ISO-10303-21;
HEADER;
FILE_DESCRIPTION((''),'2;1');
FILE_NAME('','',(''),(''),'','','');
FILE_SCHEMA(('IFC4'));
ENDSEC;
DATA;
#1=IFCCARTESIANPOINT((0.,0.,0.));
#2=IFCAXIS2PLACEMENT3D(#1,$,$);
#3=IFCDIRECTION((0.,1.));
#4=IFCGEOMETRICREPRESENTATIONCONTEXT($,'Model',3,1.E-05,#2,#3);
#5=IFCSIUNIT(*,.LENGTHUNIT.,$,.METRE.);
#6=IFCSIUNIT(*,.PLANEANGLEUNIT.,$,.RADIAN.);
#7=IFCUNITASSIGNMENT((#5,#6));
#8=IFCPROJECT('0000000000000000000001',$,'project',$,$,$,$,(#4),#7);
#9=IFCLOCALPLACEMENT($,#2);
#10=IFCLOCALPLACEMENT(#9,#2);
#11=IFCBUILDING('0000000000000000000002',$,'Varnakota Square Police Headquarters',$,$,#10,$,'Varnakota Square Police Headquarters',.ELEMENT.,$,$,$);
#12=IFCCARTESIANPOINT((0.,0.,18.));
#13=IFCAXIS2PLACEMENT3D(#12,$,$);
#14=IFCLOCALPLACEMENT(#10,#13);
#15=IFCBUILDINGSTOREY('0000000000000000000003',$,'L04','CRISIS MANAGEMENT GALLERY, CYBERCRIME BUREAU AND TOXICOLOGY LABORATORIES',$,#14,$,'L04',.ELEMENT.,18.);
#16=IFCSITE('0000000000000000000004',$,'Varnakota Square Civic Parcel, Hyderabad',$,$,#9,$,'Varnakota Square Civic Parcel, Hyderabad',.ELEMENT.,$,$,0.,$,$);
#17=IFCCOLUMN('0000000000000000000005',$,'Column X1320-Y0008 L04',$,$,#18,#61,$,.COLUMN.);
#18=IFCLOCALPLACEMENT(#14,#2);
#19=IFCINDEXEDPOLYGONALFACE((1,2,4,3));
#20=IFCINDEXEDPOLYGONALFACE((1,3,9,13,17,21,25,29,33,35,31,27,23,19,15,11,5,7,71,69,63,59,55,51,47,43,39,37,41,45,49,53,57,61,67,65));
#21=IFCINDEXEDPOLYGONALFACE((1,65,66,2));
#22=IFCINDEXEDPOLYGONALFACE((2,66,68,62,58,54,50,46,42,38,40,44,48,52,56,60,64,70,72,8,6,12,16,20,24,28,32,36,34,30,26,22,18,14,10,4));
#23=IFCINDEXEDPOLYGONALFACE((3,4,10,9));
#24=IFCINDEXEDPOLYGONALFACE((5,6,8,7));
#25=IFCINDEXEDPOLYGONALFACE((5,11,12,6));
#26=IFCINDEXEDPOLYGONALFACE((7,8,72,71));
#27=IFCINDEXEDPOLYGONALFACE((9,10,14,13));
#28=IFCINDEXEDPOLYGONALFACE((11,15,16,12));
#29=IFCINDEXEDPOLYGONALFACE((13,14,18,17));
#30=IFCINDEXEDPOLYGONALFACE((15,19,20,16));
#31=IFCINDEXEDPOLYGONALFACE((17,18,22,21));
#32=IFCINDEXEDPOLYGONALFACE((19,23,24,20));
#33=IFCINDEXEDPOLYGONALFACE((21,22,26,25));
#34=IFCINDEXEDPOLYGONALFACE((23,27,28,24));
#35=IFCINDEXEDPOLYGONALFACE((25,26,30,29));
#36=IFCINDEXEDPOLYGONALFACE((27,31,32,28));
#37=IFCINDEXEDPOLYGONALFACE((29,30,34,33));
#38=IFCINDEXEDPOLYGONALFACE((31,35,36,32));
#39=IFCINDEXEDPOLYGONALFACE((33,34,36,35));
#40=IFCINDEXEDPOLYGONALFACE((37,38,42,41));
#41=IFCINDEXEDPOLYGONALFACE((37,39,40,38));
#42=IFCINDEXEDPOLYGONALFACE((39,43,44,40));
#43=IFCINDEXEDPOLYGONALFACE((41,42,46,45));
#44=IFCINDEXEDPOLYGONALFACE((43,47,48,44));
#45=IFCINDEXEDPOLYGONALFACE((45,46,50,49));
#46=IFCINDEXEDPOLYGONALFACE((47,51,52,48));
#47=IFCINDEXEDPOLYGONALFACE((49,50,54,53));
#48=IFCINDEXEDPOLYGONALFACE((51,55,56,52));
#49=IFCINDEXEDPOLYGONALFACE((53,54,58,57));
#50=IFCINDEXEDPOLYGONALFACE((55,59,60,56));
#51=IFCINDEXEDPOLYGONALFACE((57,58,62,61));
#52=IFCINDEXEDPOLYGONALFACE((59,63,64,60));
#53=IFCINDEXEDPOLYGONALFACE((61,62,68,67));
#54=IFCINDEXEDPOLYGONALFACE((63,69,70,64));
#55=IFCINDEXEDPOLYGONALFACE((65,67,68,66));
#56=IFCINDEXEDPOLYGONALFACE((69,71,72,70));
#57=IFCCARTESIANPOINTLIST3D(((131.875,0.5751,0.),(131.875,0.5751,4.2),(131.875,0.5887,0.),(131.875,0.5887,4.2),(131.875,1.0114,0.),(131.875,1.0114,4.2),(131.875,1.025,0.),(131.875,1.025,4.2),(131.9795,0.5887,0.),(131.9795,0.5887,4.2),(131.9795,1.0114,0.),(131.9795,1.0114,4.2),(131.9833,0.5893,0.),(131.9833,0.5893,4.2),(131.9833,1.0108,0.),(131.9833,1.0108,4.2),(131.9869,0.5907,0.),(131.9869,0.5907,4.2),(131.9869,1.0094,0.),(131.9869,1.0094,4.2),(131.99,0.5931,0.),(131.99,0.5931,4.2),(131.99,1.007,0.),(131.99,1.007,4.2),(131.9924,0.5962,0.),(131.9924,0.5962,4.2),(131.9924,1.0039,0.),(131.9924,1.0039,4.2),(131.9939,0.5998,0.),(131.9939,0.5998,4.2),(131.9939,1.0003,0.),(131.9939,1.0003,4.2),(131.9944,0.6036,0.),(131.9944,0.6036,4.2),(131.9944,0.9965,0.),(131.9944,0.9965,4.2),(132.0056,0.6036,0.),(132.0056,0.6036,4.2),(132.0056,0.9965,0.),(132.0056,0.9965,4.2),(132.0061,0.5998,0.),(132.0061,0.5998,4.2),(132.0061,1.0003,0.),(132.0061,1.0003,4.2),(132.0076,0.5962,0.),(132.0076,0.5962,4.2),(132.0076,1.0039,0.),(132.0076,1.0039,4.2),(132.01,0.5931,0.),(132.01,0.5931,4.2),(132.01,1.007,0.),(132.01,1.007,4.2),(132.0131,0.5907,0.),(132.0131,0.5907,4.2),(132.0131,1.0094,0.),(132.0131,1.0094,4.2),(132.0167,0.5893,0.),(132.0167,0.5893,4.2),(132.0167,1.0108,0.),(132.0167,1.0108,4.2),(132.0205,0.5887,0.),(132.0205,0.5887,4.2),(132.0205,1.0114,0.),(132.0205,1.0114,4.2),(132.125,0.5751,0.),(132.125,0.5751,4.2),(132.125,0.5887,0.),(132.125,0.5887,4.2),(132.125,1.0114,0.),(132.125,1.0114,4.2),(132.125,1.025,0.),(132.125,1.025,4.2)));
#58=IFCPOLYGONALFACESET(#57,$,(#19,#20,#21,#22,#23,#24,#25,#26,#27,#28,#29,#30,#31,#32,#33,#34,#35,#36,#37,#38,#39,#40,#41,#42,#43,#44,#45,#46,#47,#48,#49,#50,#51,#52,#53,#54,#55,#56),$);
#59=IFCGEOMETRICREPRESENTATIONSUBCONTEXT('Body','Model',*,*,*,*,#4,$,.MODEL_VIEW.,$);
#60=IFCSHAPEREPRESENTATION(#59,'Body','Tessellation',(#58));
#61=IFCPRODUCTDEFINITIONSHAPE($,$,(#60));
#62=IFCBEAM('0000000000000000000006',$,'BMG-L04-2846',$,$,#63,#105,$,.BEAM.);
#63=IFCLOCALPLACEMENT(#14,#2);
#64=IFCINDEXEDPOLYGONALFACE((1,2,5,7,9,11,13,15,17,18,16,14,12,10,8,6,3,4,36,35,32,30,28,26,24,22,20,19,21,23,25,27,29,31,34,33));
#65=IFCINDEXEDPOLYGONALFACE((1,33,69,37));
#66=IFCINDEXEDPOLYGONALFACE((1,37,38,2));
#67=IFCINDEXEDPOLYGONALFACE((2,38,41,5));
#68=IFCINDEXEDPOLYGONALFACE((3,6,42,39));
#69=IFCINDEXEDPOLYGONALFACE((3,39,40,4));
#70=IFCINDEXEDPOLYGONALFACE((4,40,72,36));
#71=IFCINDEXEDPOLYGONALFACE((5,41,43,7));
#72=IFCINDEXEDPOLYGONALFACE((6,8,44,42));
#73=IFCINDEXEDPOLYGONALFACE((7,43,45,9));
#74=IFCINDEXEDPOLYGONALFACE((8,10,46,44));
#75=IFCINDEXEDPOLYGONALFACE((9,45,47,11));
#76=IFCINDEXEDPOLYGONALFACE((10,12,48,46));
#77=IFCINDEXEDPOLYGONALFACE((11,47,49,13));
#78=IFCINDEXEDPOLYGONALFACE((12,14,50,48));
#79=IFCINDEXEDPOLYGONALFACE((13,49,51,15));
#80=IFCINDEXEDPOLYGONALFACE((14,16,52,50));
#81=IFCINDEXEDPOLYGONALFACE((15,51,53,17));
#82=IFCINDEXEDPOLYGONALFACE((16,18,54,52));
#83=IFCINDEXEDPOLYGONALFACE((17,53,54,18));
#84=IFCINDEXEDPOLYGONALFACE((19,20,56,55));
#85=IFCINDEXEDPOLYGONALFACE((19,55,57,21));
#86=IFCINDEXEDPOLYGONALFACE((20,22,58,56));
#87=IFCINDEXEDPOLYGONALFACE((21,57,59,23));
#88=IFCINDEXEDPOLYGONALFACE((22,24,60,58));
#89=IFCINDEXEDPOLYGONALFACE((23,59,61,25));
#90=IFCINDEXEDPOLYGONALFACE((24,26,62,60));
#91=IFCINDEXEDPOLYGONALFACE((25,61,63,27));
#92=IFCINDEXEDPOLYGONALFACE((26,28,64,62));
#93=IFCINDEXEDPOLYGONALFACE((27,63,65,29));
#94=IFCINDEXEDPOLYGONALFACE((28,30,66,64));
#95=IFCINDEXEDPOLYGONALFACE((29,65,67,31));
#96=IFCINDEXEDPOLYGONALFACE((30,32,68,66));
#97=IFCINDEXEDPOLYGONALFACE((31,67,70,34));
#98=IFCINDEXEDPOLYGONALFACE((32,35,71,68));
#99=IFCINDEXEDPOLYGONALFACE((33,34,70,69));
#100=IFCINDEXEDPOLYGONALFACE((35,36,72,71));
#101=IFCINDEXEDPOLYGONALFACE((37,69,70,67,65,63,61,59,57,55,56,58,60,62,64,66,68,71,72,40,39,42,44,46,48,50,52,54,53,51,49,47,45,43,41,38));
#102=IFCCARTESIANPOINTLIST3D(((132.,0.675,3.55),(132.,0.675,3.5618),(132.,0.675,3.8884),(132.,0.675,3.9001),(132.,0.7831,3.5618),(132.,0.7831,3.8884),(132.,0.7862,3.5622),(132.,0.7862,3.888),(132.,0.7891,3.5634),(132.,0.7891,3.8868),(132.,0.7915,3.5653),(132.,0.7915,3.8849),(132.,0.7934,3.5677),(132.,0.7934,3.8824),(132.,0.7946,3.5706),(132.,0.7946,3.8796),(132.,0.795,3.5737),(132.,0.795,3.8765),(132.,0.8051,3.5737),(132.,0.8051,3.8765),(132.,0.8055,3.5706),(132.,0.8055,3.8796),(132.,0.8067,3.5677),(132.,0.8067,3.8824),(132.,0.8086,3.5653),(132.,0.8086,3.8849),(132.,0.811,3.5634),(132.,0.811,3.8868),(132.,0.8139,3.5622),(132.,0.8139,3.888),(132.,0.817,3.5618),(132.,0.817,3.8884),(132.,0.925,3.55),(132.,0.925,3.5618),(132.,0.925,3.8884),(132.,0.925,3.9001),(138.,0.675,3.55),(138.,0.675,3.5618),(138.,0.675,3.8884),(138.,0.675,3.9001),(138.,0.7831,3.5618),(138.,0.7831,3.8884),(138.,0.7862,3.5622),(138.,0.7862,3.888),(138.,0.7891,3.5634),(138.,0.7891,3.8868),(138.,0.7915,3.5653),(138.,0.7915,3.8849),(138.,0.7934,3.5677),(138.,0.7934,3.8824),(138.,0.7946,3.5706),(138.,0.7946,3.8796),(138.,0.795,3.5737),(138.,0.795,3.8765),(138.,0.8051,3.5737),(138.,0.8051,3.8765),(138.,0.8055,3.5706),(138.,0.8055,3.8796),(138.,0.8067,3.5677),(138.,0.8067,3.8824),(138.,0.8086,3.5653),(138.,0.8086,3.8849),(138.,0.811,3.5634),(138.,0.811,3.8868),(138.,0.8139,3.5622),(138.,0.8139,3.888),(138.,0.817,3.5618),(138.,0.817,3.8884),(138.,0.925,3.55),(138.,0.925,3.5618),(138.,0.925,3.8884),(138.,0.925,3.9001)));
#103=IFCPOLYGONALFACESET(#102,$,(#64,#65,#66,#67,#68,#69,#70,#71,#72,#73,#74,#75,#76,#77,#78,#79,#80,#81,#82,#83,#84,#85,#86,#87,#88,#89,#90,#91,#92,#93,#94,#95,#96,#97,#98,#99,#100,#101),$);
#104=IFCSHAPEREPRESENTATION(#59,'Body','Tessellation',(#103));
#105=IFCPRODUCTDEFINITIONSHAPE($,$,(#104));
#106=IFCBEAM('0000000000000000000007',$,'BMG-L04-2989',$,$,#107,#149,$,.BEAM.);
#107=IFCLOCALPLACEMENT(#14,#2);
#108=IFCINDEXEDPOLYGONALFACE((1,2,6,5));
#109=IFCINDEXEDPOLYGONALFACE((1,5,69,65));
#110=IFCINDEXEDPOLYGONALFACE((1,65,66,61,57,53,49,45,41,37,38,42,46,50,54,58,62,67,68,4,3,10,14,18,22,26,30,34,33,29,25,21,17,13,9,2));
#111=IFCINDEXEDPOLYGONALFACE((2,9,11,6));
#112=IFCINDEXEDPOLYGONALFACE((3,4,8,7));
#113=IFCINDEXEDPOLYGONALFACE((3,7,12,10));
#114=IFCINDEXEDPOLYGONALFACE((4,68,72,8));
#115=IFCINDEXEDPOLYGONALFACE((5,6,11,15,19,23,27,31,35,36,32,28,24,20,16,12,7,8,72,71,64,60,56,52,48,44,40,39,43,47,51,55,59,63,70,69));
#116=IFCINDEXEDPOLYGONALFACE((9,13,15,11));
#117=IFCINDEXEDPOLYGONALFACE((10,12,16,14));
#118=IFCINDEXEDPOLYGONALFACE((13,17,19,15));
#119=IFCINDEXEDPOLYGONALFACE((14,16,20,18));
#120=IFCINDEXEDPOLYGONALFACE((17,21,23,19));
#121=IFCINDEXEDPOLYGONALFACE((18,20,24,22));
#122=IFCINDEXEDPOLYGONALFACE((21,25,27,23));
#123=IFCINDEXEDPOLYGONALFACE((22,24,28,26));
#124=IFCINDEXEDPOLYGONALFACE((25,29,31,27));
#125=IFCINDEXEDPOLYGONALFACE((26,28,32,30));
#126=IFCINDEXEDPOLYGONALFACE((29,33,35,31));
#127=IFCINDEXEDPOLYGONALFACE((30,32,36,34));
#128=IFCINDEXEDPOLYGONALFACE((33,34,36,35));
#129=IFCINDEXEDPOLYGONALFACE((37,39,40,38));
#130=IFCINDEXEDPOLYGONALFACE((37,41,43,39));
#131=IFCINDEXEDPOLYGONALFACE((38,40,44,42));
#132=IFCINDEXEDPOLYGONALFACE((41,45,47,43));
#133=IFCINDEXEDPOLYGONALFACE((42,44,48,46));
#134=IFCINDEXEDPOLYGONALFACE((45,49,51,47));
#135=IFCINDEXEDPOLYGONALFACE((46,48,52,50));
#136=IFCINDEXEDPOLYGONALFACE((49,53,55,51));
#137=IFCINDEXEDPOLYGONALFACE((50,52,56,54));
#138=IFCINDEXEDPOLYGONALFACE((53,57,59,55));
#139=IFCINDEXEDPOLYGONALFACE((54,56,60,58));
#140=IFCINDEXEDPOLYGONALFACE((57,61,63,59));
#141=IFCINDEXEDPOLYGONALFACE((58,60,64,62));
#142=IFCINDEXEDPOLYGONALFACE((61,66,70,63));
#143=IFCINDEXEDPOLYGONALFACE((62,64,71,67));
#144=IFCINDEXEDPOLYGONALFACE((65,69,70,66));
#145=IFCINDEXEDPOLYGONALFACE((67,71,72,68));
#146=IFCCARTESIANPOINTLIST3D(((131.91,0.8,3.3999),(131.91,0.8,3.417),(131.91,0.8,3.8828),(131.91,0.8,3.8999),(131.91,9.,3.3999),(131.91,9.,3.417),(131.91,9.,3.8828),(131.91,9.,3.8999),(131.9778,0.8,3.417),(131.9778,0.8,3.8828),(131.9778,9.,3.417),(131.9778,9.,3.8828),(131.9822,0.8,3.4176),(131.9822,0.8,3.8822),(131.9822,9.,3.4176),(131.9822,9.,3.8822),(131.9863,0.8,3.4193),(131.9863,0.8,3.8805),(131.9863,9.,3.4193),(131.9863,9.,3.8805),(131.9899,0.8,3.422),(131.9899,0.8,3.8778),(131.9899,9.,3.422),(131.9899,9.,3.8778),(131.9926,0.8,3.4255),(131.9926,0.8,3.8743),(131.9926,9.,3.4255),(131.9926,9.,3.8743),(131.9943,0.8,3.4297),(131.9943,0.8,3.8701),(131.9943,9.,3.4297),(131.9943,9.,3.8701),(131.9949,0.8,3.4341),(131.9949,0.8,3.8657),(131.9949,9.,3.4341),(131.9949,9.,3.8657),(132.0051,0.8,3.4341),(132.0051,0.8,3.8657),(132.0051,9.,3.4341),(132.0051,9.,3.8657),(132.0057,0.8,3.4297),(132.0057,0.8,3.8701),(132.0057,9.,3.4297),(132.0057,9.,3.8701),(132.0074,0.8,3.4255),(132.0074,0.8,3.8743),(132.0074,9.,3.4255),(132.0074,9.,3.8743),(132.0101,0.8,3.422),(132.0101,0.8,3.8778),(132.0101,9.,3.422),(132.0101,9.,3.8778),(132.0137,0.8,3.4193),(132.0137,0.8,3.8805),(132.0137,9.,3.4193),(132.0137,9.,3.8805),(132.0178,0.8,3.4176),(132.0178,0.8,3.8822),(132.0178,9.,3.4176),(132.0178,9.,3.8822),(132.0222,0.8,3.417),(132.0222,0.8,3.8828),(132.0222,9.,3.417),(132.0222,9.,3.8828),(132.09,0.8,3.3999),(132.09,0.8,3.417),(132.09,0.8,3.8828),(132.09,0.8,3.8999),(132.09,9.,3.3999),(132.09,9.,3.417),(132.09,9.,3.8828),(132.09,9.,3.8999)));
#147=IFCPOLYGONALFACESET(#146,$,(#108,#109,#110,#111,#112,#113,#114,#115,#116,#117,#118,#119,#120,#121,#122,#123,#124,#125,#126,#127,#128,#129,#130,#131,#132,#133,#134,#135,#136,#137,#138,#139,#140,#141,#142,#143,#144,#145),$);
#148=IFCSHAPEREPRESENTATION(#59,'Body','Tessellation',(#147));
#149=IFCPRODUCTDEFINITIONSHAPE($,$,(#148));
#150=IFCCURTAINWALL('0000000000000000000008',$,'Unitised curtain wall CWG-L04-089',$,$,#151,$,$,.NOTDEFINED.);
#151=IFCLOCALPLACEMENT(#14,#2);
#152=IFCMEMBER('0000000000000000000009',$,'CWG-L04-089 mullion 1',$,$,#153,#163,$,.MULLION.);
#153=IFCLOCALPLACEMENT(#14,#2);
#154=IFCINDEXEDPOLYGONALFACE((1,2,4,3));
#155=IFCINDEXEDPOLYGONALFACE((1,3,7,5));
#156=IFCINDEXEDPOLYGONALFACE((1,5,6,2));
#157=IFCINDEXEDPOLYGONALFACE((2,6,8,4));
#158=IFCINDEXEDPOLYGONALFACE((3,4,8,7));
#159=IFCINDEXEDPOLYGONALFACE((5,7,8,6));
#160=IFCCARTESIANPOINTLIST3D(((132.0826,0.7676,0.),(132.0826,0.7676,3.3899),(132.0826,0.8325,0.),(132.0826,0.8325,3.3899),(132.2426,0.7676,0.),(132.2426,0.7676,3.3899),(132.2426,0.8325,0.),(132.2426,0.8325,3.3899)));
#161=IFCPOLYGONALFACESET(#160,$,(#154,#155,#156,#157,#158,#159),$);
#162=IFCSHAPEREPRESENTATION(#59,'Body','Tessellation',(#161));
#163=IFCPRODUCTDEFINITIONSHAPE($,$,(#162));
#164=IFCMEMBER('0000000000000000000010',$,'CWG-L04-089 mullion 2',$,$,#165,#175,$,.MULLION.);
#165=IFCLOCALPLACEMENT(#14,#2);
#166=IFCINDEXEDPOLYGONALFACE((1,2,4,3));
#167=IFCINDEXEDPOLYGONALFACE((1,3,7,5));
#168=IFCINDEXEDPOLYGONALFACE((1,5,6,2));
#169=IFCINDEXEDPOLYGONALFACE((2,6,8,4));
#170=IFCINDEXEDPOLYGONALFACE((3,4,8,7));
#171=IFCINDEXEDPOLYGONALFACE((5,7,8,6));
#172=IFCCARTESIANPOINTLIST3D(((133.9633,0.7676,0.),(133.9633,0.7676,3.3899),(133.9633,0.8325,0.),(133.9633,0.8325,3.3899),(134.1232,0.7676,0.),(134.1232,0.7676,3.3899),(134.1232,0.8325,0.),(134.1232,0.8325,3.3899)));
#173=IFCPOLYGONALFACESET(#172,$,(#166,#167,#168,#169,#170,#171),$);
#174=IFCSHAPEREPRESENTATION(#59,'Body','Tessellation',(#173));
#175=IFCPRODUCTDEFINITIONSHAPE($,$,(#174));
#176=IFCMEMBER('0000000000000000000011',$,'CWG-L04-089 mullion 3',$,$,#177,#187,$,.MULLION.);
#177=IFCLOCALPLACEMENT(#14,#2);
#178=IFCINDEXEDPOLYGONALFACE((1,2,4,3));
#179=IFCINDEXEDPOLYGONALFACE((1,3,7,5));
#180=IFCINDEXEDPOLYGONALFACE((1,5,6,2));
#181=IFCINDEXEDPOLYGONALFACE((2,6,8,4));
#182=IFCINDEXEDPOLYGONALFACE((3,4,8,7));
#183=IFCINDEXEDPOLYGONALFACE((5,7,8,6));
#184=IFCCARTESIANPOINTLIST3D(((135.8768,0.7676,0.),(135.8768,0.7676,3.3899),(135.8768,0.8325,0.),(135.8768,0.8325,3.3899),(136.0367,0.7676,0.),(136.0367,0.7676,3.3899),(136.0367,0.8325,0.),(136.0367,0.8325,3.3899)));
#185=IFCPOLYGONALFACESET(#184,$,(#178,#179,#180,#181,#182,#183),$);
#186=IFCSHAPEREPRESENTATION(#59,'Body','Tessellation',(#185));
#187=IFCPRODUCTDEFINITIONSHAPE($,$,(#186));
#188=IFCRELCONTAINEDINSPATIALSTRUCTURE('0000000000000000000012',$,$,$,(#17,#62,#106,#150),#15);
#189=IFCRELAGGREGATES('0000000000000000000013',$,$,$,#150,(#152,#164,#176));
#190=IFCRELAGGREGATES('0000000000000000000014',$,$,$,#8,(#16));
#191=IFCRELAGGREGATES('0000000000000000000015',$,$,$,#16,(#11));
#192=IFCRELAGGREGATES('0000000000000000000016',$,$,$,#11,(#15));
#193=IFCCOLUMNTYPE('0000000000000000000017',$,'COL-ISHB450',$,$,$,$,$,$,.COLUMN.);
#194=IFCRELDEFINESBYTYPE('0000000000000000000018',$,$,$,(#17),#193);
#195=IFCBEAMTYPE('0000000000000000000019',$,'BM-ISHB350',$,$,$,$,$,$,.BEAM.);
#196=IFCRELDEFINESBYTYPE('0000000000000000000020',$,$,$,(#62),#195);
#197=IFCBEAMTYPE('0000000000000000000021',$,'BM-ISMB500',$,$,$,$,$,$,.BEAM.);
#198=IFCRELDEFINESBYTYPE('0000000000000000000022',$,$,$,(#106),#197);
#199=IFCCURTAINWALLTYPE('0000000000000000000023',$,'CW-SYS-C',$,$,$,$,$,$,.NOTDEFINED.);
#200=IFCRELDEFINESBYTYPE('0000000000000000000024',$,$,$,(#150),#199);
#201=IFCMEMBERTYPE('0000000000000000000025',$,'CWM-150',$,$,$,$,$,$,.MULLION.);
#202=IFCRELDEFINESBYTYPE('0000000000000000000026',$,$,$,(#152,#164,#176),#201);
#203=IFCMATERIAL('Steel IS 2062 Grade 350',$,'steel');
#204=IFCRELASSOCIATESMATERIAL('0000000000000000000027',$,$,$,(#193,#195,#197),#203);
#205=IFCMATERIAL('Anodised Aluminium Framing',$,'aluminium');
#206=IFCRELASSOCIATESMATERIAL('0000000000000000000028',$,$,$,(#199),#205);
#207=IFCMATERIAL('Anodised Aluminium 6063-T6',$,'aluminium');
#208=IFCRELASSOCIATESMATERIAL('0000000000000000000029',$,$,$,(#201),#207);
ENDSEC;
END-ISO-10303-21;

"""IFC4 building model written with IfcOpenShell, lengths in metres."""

from ifc_helpers import new_model, si_unit, direction, frame, origin, origin_2d, place, context, subcontext, project, spatial, rectangle, i_section, extrude, material, material_profile, profile_set, type_object, element, aggregate, save


model = new_model("IFC4")

# Units and contexts
model_context = context("Model", 3, precision=1e-05, world=origin(), true_north=direction((0.0, 1.0)))
body_context = subcontext(model_context, "Body", "Model", "MODEL_VIEW")
ifc_project = project(units=[si_unit("LENGTHUNIT", "METRE"), si_unit("PLANEANGLEUNIT", "RADIAN")], contexts=[model_context])

# Site, building, storey
site_placement = place(None, origin())
site = spatial("IfcSite", under=ifc_project, at=site_placement, Name="Varnakota Square Civic Parcel, Hyderabad", LongName="Varnakota Square Civic Parcel, Hyderabad", CompositionType="ELEMENT", RefElevation=0.0)
building_placement = place(site_placement, origin())
building = spatial("IfcBuilding", under=site, at=building_placement, Name="Varnakota Square Police Headquarters", LongName="Varnakota Square Police Headquarters", CompositionType="ELEMENT")
storey_placement = place(building_placement, frame((0.0, 0.0, 18.0)))
storey = spatial("IfcBuildingStorey", under=building, at=storey_placement, Name="L04", Description="CRISIS MANAGEMENT GALLERY, CYBERCRIME BUREAU AND TOXICOLOGY LABORATORIES", LongName="L04", CompositionType="ELEMENT", Elevation=18.0)

# Column
ifc_material_1 = material(Name="Steel IS 2062 Grade 350", Category="steel")
ifc_material_profile_1 = material_profile(ifc_material_1, i_section(OverallWidth=0.25, OverallDepth=0.45, WebThickness=0.0112, FlangeThickness=0.0137, FilletRadius=0.0149, at=origin_2d()), Name="ISHB 450")
ifc_profile_set_1 = profile_set([ifc_material_profile_1], Name="Steel IS 2062 Grade 350")
column_type = type_object("IfcColumnType", Name="COL-ISHB450", PredefinedType="COLUMN", material=ifc_profile_set_1)
column_placement = place(storey_placement, frame((132.0, 0.8, 0.0), z_axis=(0.0, 0.0, 1.0), x_axis=(1.0, 0.0, 0.0)))
element("IfcColumn", 1, at=column_placement, inside=storey, type_object=column_type, Name="Column X1320-Y0008 L04", PredefinedType="COLUMN", context=body_context, shape_type="SweptSolid", body=[
    extrude(i_section(OverallWidth=0.25, OverallDepth=0.45, WebThickness=0.0112, FlangeThickness=0.0137, FilletRadius=0.0149, at=origin_2d()), origin(), (0.0, 0.0, 1.0), 4.2),
])

# Beams
ifc_material_profile_2 = material_profile(ifc_material_1, i_section(OverallWidth=0.25, OverallDepth=0.3501, WebThickness=0.01, FlangeThickness=0.0117, FilletRadius=0.012, at=origin_2d()), Name="ISHB 350")
ifc_profile_set_2 = profile_set([ifc_material_profile_2], Name="Steel IS 2062 Grade 350")
beam_type_1 = type_object("IfcBeamType", Name="BM-ISHB350", PredefinedType="BEAM", material=ifc_profile_set_2)
beam_1_placement = place(storey_placement, frame((132.0, 0.8, 3.7251), z_axis=(1.0, 0.0, 0.0), x_axis=(0.0, 1.0, 0.0)))
element("IfcBeam", 2, at=beam_1_placement, inside=storey, type_object=beam_type_1, Name="BMG-L04-2846", PredefinedType="BEAM", context=body_context, shape_type="SweptSolid", body=[
    extrude(i_section(OverallWidth=0.25, OverallDepth=0.3501, WebThickness=0.01, FlangeThickness=0.0117, FilletRadius=0.012, at=origin_2d()), origin(), (0.0, 0.0, 1.0), 6.0),
])
ifc_material_profile_3 = material_profile(ifc_material_1, i_section(OverallWidth=0.1799, OverallDepth=0.5, WebThickness=0.0103, FlangeThickness=0.0171, FilletRadius=0.0171, at=origin_2d()), Name="ISMB 500")
ifc_profile_set_3 = profile_set([ifc_material_profile_3], Name="Steel IS 2062 Grade 350")
beam_type_2 = type_object("IfcBeamType", Name="BM-ISMB500", PredefinedType="BEAM", material=ifc_profile_set_3)
beam_2_placement = place(storey_placement, frame((132.0, 0.8, 3.6499), z_axis=(0.0, 1.0, 0.0), x_axis=(-1.0, 0.0, 0.0)))
element("IfcBeam", 3, at=beam_2_placement, inside=storey, type_object=beam_type_2, Name="BMG-L04-2989", PredefinedType="BEAM", context=body_context, shape_type="SweptSolid", body=[
    extrude(i_section(OverallWidth=0.1799, OverallDepth=0.5, WebThickness=0.0103, FlangeThickness=0.0171, FilletRadius=0.0171, at=origin_2d()), origin(), (0.0, 0.0, 1.0), 8.2),
])

# Curtain wall, members
ifc_material_2 = material(Name="Anodised Aluminium Framing", Category="aluminium")
curtain_wall_type = type_object("IfcCurtainWallType", Name="CW-SYS-C", PredefinedType="NOTDEFINED", material=ifc_material_2)
curtain_wall_placement = place(storey_placement, origin())
curtain_wall = element("IfcCurtainWall", 4, at=curtain_wall_placement, inside=storey, type_object=curtain_wall_type, Name="Unitised curtain wall CWG-L04-089", PredefinedType="NOTDEFINED")
ifc_material_3 = material(Name="Anodised Aluminium 6063-T6", Category="aluminium")
ifc_material_profile_4 = material_profile(ifc_material_3, rectangle(XDim=0.0649, YDim=0.1599, at=origin_2d()), Name="ALU MULLION 65x160")
ifc_profile_set_4 = profile_set([ifc_material_profile_4], Name="Anodised Aluminium 6063-T6")
member_type_1 = type_object("IfcMemberType", Name="CWM-150", PredefinedType="MULLION", material=ifc_profile_set_4)
member_1_placement = place(storey_placement, frame((132.1626, 0.8, 0.0), z_axis=(0.0, 0.0, 1.0), x_axis=(0.0, 1.0, 0.0)))
member_1 = element("IfcMember", 5, at=member_1_placement, type_object=member_type_1, Name="CWG-L04-089 mullion 1", PredefinedType="MULLION", context=body_context, shape_type="SweptSolid", body=[
    extrude(rectangle(XDim=0.0649, YDim=0.1599, at=origin_2d()), origin(), (0.0, 0.0, 1.0), 3.3899),
])
member_2_placement = place(storey_placement, frame((134.0432, 0.8, 0.0), z_axis=(0.0, 0.0, 1.0), x_axis=(0.0, 1.0, 0.0)))
member_2 = element("IfcMember", 6, at=member_2_placement, type_object=member_type_1, Name="CWG-L04-089 mullion 2", PredefinedType="MULLION", context=body_context, shape_type="SweptSolid", body=[
    extrude(rectangle(XDim=0.0649, YDim=0.1599, at=origin_2d()), origin(), (0.0, 0.0, 1.0), 3.3899),
])
member_3_placement = place(storey_placement, frame((135.9568, 0.8, 0.0), z_axis=(0.0, 0.0, 1.0), x_axis=(0.0, 1.0, 0.0)))
member_3 = element("IfcMember", 7, at=member_3_placement, type_object=member_type_1, Name="CWG-L04-089 mullion 3", PredefinedType="MULLION", context=body_context, shape_type="SweptSolid", body=[
    extrude(rectangle(XDim=0.0649, YDim=0.1599, at=origin_2d()), origin(), (0.0, 0.0, 1.0), 3.3899),
])
aggregate(curtain_wall, [member_1, member_2, member_3])

save(model, "model.ifc")
